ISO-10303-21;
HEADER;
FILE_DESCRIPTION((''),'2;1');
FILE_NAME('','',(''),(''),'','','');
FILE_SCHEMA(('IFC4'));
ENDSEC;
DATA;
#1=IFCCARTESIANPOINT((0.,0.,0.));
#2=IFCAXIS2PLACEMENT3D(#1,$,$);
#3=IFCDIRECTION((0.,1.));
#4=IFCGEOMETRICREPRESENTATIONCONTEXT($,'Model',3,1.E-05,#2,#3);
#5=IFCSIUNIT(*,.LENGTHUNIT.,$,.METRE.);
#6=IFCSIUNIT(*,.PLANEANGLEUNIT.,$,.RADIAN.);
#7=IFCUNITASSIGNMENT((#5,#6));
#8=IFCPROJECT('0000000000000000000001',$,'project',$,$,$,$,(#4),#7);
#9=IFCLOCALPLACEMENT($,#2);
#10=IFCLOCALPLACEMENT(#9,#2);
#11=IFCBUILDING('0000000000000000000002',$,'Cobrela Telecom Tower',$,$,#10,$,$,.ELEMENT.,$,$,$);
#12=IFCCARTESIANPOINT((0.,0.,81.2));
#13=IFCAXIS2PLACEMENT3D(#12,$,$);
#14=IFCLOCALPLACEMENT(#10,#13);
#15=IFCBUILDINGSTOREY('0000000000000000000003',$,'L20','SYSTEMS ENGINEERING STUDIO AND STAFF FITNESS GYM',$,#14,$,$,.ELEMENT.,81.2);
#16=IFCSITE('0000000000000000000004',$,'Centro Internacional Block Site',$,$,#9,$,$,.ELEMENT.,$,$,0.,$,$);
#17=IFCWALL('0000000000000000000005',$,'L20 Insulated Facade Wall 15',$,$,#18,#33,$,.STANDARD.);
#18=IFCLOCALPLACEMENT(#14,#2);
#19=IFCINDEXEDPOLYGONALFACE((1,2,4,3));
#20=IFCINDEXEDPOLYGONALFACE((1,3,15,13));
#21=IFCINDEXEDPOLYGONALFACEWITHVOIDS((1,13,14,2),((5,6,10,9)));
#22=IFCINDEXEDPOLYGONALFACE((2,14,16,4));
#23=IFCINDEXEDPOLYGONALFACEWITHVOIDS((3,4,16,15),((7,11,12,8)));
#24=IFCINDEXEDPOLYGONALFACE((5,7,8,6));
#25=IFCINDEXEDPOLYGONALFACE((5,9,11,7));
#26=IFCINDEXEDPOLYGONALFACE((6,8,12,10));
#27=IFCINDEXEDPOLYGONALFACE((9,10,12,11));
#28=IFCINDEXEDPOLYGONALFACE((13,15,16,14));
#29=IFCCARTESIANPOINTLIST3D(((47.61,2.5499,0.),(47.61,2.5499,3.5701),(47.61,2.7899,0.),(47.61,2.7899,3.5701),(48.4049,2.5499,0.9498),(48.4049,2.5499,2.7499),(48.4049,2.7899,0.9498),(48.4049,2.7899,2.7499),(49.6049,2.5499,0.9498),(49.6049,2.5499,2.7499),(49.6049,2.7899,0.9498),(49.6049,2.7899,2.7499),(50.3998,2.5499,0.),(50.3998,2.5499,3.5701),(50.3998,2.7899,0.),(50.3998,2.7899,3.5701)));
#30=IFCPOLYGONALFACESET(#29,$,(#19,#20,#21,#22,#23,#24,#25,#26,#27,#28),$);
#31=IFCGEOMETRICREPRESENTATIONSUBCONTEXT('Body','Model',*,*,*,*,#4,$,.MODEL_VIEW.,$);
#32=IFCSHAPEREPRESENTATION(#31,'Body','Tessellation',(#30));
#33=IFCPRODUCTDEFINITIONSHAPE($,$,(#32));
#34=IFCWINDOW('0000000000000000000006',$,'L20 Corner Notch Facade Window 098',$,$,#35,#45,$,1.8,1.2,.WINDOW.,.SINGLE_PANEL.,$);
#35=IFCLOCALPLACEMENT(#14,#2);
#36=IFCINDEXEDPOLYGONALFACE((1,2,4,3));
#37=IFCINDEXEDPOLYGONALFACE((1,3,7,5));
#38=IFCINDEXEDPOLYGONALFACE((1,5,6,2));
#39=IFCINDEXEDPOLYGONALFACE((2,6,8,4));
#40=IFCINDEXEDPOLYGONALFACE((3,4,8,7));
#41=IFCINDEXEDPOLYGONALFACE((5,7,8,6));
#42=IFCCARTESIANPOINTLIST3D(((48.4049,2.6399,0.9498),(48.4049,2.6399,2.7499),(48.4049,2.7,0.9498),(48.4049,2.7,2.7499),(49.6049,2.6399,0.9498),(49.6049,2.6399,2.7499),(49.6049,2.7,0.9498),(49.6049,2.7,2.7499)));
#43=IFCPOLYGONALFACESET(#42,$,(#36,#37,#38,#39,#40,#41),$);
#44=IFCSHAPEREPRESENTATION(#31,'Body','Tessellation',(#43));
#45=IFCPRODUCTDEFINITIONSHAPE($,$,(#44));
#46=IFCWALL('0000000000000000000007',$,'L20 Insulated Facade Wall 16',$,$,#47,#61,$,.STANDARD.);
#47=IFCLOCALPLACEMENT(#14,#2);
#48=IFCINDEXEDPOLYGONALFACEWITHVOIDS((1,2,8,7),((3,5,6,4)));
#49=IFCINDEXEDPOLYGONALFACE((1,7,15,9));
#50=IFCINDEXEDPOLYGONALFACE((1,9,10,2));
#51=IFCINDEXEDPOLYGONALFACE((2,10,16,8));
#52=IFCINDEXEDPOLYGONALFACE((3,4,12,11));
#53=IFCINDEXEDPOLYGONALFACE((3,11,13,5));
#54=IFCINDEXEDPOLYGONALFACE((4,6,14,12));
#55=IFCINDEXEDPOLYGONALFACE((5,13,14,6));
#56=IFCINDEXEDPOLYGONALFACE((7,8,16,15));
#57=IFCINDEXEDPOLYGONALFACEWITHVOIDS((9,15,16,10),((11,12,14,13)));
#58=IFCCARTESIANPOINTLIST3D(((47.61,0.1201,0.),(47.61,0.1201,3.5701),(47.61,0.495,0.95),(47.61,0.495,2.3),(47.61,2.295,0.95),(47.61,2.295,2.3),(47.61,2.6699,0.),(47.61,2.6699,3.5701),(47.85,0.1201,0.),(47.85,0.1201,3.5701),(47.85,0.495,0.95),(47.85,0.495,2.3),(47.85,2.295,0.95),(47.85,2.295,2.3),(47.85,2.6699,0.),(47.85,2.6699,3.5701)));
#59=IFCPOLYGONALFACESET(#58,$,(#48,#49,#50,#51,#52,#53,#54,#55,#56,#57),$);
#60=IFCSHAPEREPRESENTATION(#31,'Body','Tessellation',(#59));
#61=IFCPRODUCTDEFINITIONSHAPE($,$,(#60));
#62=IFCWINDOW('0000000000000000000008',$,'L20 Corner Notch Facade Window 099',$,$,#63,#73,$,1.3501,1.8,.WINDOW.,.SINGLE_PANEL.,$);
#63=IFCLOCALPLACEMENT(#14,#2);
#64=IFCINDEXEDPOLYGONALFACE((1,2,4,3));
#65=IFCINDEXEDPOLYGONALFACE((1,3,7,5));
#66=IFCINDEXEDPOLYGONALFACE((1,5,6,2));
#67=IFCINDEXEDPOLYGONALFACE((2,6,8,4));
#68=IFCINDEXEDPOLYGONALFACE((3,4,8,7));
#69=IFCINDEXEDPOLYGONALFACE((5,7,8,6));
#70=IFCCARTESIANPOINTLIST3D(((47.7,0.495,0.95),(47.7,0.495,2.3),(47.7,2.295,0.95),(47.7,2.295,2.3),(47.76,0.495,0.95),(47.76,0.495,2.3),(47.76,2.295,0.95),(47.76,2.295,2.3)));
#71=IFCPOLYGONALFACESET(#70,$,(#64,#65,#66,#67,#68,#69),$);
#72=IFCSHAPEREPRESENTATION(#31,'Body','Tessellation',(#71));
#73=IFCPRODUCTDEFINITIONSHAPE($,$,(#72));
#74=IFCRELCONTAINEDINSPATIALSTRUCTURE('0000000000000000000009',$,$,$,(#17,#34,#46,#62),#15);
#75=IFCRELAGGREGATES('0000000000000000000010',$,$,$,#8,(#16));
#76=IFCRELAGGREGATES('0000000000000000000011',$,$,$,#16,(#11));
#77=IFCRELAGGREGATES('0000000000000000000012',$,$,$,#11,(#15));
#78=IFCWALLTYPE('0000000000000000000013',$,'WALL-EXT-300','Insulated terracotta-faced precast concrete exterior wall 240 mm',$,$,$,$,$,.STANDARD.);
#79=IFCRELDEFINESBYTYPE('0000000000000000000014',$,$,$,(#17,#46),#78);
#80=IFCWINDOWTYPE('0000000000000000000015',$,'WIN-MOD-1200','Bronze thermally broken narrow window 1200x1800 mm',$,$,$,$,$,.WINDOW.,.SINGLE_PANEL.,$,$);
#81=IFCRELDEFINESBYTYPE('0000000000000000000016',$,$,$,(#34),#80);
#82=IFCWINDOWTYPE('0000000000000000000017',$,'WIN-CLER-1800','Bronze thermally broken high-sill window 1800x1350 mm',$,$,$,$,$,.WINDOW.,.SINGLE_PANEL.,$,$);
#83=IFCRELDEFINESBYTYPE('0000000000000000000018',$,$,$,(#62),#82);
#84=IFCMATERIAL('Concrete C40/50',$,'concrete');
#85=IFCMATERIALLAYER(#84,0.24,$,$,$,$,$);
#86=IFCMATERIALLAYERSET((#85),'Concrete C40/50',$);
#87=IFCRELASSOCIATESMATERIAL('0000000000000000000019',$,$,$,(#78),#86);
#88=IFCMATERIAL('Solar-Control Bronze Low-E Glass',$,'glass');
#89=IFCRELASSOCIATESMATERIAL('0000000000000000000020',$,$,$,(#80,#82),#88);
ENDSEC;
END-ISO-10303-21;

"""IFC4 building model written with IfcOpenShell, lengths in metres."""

from ifc_helpers import new_model, si_unit, direction, frame, frame_2d, origin, place, context, subcontext, project, spatial, rectangle, extrude, material, layer, layer_set, type_object, element, fill, save


model = new_model("IFC4")

# Units and contexts
model_context = context("Model", 3, precision=1e-05, world=origin(), true_north=direction((0.0, 1.0)))
body_context = subcontext(model_context, "Body", "Model", "MODEL_VIEW")
ifc_project = project(units=[si_unit("LENGTHUNIT", "METRE"), si_unit("PLANEANGLEUNIT", "RADIAN")], contexts=[model_context])

# Site, building, storey
site_placement = place(None, origin())
site = spatial("IfcSite", under=ifc_project, at=site_placement, Name="Centro Internacional Block Site", CompositionType="ELEMENT", RefElevation=0.0)
building_placement = place(site_placement, origin())
building = spatial("IfcBuilding", under=site, at=building_placement, Name="Cobrela Telecom Tower", CompositionType="ELEMENT")
storey_placement = place(building_placement, frame((0.0, 0.0, 81.2)))
storey = spatial("IfcBuildingStorey", under=building, at=storey_placement, Name="L20", Description="SYSTEMS ENGINEERING STUDIO AND STAFF FITNESS GYM", CompositionType="ELEMENT", Elevation=81.2)

# Shared definitions
ifc_material_1 = material(Name="Solar-Control Bronze Low-E Glass", Category="glass")

# Walls, openings, windows
ifc_material_2 = material(Name="Concrete C40/50", Category="concrete")
ifc_layer_1 = layer(ifc_material_2, 0.24)
ifc_layer_set_1 = layer_set([ifc_layer_1], Name="Concrete C40/50")
wall_type = type_object("IfcWallType", Name="WALL-EXT-300", Description="Insulated terracotta-faced precast concrete exterior wall 240 mm", PredefinedType="STANDARD", material=ifc_layer_set_1)
wall_1_placement = place(storey_placement, frame((50.3999, 2.6699, 0.0), z_axis=(0.0, 0.0, 1.0), x_axis=(-1.0, 0.0, 0.0)))
wall_1 = element("IfcWall", 1, at=wall_1_placement, inside=storey, type_object=wall_type, Name="L20 Insulated Facade Wall 15", PredefinedType="STANDARD", context=body_context, shape_type="SweptSolid", body=[
    extrude(rectangle(XDim=2.7898, YDim=0.24, at=frame_2d((1.395, 0.0))), origin(), (0.0, 0.0, 1.0), 3.5701),
])
opening_1_placement = place(wall_1_placement, frame((0.7949, 0.0, 0.95)))
opening_1 = element("IfcOpeningElement", 2, at=opening_1_placement, cuts=wall_1, PredefinedType="OPENING", context=body_context, shape_type="SweptSolid", body=[
    extrude(rectangle(XDim=1.2, YDim=1.8, at=frame_2d((0.6001, 0.8999))), frame((0.0, 0.1318, 0.0), z_axis=(0.0, -1.0, 0.0), x_axis=(1.0, 0.0, 0.0)), (0.0, 0.0, 1.0), 0.2639),
])
window_type_1 = type_object("IfcWindowType", Name="WIN-MOD-1200", Description="Bronze thermally broken narrow window 1200x1800 mm", PartitioningType="SINGLE_PANEL", PredefinedType="WINDOW", material=ifc_material_1)
window_1_placement = place(opening_1_placement, origin())
window_1 = element("IfcWindow", 3, at=window_1_placement, inside=storey, type_object=window_type_1, Name="L20 Corner Notch Facade Window 098", OverallHeight=1.8, OverallWidth=1.2, PartitioningType="SINGLE_PANEL", PredefinedType="WINDOW", context=body_context, shape_type="SweptSolid", body=[
    extrude(rectangle(XDim=1.2, YDim=1.8, at=frame_2d((0.6001, 0.8999))), frame((0.0, 0.03, 0.0), z_axis=(0.0, -1.0, 0.0), x_axis=(1.0, 0.0, 0.0)), (0.0, 0.0, 1.0), 0.0601),
])
fill(opening_1, window_1)
wall_2_placement = place(storey_placement, frame((47.73, 2.6699, 0.0), z_axis=(0.0, 0.0, 1.0), x_axis=(0.0, -1.0, 0.0)))
wall_2 = element("IfcWall", 4, at=wall_2_placement, inside=storey, type_object=wall_type, Name="L20 Insulated Facade Wall 16", PredefinedType="STANDARD", context=body_context, shape_type="SweptSolid", body=[
    extrude(rectangle(XDim=2.5498, YDim=0.24, at=frame_2d((1.2749, 0.0))), origin(), (0.0, 0.0, 1.0), 3.5701),
])
opening_2_placement = place(wall_2_placement, frame((0.375, 0.0, 0.95)))
opening_2 = element("IfcOpeningElement", 5, at=opening_2_placement, cuts=wall_2, PredefinedType="OPENING", context=body_context, shape_type="SweptSolid", body=[
    extrude(rectangle(XDim=1.8, YDim=1.3501, at=frame_2d((0.8999, 0.675))), frame((0.0, 0.1318, 0.0), z_axis=(0.0, -1.0, 0.0), x_axis=(1.0, 0.0, 0.0)), (0.0, 0.0, 1.0), 0.2639),
])
window_type_2 = type_object("IfcWindowType", Name="WIN-CLER-1800", Description="Bronze thermally broken high-sill window 1800x1350 mm", PartitioningType="SINGLE_PANEL", PredefinedType="WINDOW", material=ifc_material_1)
window_2_placement = place(opening_2_placement, origin())
window_2 = element("IfcWindow", 6, at=window_2_placement, inside=storey, type_object=window_type_2, Name="L20 Corner Notch Facade Window 099", OverallHeight=1.3501, OverallWidth=1.8, PartitioningType="SINGLE_PANEL", PredefinedType="WINDOW", context=body_context, shape_type="SweptSolid", body=[
    extrude(rectangle(XDim=1.8, YDim=1.3501, at=frame_2d((0.8999, 0.675))), frame((0.0, 0.03, 0.0), z_axis=(0.0, -1.0, 0.0), x_axis=(1.0, 0.0, 0.0)), (0.0, 0.0, 1.0), 0.0601),
])
fill(opening_2, window_2)

save(model, "model.ifc")
